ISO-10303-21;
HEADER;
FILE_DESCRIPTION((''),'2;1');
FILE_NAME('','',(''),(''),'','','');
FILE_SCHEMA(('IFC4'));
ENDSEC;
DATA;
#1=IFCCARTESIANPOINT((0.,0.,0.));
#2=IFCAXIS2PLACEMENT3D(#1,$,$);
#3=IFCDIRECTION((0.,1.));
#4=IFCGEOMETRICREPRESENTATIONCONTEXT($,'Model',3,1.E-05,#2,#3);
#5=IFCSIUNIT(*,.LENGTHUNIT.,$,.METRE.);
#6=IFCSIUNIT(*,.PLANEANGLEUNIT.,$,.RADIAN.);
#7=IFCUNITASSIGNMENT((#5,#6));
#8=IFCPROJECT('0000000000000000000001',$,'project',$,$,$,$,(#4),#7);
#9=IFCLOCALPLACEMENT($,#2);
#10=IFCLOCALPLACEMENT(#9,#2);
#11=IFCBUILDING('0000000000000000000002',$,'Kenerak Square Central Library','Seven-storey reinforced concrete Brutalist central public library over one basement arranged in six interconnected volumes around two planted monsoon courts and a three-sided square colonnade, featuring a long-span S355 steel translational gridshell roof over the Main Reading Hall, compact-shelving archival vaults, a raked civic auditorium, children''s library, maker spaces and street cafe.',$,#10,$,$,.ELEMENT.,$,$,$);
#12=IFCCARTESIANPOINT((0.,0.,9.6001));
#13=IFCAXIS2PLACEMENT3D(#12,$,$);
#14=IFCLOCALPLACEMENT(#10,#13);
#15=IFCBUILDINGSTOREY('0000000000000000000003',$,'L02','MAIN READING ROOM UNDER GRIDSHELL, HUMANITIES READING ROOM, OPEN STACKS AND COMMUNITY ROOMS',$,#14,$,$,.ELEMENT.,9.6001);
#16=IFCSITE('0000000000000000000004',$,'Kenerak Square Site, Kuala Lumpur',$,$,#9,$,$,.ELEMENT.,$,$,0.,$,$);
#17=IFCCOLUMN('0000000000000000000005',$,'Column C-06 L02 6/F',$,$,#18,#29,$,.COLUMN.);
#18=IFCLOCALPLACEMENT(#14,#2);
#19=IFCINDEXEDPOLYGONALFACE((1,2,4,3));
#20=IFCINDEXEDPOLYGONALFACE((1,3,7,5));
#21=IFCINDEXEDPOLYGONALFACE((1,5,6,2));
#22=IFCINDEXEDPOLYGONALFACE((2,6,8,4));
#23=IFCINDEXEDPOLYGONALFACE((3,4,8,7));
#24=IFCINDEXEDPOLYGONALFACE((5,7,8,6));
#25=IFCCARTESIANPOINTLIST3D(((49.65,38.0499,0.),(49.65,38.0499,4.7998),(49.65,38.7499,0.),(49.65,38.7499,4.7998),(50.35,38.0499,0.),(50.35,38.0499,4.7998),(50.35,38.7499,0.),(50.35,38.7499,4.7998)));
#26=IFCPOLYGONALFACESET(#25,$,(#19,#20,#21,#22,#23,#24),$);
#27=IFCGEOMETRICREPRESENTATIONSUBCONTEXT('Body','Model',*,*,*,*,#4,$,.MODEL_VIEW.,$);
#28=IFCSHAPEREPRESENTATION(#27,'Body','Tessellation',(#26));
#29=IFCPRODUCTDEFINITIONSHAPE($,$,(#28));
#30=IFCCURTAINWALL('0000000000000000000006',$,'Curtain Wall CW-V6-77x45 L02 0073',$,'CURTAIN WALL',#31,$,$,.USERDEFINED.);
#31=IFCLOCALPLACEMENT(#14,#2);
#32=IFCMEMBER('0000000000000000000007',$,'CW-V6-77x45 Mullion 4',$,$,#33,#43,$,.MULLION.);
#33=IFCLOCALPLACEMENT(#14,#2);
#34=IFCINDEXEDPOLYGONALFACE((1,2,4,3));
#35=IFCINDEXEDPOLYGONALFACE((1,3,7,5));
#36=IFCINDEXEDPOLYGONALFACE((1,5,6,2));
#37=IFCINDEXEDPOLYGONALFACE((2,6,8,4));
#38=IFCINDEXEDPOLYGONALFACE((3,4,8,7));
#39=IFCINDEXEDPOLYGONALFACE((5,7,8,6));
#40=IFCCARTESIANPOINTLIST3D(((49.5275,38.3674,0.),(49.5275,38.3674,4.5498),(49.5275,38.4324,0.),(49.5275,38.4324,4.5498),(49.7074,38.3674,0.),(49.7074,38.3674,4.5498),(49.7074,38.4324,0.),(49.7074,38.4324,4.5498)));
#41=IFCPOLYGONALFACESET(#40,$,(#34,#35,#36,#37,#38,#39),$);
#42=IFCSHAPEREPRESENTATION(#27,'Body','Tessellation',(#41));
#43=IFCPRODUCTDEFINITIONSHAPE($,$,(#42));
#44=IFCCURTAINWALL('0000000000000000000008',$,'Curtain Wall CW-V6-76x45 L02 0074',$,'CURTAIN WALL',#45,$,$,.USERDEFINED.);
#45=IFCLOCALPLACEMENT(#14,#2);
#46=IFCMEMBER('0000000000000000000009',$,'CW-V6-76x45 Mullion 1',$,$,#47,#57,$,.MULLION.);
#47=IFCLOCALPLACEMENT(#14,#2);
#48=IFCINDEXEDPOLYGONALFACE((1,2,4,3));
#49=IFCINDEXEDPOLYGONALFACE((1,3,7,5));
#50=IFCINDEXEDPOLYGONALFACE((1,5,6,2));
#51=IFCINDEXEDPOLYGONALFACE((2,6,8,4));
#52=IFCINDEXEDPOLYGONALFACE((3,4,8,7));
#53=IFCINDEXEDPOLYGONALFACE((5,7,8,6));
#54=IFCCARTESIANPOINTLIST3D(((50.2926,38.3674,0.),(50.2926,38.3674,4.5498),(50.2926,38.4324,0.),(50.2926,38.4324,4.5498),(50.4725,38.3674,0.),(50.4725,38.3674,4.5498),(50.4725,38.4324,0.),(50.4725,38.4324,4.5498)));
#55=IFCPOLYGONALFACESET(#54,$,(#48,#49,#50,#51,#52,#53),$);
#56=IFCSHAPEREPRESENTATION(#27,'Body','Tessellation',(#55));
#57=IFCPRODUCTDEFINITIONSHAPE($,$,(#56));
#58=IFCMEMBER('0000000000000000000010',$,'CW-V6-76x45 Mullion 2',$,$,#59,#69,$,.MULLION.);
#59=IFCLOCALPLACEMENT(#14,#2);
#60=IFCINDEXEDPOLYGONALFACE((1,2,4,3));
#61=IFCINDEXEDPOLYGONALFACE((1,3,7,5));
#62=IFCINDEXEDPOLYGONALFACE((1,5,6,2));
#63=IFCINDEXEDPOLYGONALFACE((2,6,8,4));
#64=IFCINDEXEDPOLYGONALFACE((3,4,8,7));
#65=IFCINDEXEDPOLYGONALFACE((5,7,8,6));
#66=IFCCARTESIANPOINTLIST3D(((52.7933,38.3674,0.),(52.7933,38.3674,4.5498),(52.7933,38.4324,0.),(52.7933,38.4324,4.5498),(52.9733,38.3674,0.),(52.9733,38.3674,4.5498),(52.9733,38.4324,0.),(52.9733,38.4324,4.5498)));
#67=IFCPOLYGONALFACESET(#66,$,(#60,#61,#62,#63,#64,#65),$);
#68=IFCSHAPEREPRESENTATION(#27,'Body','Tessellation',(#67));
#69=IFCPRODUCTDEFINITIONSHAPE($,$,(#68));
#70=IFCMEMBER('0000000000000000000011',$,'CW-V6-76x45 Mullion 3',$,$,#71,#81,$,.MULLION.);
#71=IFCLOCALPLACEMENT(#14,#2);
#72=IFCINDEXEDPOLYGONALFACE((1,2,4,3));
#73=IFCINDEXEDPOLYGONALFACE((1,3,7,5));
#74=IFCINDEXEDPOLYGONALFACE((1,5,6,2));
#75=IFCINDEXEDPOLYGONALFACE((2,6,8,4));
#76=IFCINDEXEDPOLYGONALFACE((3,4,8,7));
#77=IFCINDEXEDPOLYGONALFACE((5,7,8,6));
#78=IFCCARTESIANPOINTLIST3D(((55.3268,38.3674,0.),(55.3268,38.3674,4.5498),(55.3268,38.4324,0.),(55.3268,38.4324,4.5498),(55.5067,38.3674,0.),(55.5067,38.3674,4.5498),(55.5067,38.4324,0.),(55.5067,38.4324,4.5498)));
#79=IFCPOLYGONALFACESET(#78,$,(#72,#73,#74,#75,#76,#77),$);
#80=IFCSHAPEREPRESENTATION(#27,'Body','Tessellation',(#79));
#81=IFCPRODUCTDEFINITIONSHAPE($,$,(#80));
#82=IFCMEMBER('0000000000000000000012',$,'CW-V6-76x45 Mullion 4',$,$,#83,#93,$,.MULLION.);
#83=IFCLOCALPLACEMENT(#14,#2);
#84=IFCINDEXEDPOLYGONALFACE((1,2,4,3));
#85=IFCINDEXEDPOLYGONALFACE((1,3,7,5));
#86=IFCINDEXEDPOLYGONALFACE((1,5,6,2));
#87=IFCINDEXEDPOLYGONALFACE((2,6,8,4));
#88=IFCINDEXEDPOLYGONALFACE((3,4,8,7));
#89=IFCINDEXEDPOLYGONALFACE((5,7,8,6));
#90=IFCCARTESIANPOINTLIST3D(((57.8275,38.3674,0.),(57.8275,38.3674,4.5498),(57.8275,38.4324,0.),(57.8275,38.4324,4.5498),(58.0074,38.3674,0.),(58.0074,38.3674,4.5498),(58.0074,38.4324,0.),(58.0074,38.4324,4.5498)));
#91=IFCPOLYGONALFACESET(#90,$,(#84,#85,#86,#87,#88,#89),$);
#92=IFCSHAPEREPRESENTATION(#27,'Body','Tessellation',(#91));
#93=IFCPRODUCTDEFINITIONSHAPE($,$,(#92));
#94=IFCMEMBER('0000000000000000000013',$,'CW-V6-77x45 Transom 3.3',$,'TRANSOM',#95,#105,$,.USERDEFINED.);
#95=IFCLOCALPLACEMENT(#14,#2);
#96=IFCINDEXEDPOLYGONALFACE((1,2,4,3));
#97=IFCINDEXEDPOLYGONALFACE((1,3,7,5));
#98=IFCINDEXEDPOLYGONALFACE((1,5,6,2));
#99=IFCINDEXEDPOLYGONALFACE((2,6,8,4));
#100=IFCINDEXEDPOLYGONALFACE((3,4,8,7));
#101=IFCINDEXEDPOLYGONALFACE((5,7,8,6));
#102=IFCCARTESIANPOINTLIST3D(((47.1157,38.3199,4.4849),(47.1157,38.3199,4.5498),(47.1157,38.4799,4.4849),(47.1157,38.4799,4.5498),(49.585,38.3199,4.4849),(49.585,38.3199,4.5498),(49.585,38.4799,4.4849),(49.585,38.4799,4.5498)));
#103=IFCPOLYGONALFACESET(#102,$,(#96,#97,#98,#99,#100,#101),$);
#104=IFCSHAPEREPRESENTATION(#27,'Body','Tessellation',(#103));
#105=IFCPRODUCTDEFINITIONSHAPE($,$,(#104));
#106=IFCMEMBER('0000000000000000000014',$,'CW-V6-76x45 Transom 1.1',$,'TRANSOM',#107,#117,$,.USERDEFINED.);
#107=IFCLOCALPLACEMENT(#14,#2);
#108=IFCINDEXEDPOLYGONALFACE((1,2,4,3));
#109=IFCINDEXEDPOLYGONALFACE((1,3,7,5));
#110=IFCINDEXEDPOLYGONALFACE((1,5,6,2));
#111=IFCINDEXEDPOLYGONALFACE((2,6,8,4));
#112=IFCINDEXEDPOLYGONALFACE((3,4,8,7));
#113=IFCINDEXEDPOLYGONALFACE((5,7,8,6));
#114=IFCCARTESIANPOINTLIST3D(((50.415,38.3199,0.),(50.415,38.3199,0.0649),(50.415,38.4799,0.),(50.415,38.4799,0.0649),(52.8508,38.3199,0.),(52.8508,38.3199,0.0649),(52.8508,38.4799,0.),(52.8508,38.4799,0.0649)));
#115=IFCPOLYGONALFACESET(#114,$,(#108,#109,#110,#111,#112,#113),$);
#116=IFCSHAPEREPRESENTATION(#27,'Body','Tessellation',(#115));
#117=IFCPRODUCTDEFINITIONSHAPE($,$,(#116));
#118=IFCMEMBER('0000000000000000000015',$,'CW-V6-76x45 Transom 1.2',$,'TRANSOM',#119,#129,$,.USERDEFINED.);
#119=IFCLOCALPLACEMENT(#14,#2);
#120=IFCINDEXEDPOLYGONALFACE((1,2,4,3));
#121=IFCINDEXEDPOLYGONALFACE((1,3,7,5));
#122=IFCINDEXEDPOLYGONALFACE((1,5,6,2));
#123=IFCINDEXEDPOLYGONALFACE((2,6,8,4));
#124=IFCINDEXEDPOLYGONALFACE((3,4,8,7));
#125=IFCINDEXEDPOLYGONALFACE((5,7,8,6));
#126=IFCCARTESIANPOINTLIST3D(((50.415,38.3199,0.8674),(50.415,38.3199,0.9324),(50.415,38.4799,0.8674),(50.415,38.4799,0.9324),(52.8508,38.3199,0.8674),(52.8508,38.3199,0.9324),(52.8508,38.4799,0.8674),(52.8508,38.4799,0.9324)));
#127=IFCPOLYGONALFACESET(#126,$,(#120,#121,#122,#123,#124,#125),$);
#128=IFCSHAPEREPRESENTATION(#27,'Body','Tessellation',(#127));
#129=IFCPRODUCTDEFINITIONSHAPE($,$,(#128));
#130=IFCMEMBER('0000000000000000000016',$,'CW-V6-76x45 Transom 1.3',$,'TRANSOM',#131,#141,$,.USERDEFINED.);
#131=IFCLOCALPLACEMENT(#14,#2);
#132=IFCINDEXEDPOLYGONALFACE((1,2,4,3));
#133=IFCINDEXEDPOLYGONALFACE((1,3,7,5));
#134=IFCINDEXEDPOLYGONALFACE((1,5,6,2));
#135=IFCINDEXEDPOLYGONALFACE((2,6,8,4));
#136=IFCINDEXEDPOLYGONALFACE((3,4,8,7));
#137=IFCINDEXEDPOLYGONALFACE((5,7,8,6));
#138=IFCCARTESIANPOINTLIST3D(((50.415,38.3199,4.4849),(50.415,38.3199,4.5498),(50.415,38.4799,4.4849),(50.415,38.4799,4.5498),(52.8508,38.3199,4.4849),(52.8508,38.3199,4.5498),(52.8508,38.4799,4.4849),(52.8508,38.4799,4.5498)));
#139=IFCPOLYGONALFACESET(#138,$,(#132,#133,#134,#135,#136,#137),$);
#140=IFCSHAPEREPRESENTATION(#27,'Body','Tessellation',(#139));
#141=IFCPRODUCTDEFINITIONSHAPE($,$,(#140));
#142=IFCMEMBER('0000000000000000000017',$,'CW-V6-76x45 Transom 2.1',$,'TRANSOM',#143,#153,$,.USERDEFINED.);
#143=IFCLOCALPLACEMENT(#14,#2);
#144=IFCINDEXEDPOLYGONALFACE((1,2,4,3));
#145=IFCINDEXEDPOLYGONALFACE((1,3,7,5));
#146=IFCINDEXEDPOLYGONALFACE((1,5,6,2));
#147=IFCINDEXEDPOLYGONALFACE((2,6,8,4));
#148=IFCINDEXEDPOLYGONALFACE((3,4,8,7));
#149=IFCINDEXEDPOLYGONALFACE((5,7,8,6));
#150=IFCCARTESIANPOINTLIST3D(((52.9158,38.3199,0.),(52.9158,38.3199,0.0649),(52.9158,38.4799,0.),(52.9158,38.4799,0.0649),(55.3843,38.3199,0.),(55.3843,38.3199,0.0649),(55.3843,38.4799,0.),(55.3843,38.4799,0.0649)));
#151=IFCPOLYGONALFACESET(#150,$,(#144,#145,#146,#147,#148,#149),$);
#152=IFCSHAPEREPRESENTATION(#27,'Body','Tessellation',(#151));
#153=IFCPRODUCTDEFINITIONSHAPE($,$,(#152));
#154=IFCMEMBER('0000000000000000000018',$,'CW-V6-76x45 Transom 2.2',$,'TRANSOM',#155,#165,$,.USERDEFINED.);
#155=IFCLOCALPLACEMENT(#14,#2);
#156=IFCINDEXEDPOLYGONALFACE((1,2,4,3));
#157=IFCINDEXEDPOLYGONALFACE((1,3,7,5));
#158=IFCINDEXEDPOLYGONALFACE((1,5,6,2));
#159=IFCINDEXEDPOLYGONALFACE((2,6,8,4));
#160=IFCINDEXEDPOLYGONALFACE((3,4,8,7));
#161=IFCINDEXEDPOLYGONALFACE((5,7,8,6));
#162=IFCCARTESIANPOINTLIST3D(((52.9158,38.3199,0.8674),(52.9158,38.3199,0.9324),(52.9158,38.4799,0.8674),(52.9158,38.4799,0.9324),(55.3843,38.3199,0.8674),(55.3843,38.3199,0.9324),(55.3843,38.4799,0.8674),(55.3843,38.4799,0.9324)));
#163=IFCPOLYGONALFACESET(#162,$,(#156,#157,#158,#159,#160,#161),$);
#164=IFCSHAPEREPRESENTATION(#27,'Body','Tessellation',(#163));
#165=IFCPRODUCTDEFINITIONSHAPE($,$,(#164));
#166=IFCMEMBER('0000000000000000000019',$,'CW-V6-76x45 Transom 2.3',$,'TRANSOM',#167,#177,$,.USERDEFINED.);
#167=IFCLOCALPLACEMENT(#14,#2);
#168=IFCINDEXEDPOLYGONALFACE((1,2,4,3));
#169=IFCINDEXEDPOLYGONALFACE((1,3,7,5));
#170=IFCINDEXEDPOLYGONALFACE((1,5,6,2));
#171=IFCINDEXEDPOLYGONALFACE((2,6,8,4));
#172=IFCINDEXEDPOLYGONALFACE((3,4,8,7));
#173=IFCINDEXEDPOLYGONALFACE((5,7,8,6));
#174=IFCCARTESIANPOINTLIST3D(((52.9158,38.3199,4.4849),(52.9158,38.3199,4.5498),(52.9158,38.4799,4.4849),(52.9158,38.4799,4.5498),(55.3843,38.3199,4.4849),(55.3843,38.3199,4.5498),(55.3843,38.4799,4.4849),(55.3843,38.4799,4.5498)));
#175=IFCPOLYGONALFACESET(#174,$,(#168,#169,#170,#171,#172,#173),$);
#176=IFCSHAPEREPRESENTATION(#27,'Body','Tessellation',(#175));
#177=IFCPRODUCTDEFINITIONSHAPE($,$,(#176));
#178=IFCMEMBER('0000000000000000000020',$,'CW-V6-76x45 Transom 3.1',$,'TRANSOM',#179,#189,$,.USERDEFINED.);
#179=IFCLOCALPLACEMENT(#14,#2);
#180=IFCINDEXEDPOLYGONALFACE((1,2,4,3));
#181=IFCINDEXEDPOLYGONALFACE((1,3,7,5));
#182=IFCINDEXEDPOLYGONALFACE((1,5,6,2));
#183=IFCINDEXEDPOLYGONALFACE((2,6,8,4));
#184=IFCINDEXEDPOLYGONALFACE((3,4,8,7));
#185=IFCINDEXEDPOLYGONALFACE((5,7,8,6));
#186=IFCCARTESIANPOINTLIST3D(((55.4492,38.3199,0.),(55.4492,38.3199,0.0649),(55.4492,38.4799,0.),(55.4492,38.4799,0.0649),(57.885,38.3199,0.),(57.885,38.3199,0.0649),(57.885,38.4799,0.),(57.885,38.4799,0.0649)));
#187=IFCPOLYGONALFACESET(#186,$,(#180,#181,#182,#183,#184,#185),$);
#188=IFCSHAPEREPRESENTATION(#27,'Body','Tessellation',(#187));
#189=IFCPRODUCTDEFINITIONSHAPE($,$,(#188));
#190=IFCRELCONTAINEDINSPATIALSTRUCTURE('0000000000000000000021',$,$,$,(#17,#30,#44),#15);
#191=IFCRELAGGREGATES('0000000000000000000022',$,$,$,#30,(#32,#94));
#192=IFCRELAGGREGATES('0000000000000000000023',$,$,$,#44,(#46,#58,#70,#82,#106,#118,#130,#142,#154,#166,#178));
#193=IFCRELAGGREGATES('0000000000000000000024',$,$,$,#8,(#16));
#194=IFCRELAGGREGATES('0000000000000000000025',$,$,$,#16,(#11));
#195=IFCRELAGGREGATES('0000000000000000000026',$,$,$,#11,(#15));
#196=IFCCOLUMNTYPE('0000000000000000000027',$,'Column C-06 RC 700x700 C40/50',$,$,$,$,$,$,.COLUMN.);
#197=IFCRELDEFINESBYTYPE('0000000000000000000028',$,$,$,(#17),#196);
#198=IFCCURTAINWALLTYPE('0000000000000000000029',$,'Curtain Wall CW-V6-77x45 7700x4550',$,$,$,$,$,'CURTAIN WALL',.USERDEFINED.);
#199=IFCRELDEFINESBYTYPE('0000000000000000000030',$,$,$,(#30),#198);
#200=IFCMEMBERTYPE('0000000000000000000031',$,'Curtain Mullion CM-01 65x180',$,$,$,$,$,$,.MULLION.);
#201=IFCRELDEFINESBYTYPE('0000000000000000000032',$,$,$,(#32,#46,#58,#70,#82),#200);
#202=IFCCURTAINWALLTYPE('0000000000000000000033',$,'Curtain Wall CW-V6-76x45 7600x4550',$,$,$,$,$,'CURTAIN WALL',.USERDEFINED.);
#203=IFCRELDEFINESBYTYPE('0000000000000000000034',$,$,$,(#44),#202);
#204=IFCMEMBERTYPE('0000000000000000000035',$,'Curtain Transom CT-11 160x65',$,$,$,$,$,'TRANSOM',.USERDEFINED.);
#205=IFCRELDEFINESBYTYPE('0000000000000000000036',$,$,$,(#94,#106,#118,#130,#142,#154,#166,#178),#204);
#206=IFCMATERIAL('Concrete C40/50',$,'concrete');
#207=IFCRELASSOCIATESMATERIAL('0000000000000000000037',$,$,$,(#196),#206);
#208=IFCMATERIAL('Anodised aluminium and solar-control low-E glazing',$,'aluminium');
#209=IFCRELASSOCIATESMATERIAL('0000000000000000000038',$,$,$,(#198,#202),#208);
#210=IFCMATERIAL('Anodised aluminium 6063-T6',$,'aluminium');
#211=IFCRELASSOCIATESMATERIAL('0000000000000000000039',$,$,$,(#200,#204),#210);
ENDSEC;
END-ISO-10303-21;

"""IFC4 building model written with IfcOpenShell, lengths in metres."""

from ifc_helpers import new_model, si_unit, direction, frame, origin, origin_2d, place, context, subcontext, project, spatial, rectangle, extrude, material, material_profile, profile_set, type_object, element, aggregate, save


model = new_model("IFC4")

# Units and contexts
model_context = context("Model", 3, precision=1e-05, world=origin(), true_north=direction((0.0, 1.0)))
body_context = subcontext(model_context, "Body", "Model", "MODEL_VIEW")
ifc_project = project(units=[si_unit("LENGTHUNIT", "METRE"), si_unit("PLANEANGLEUNIT", "RADIAN")], contexts=[model_context])

# Site, building, storey
site_placement = place(None, origin())
site = spatial("IfcSite", under=ifc_project, at=site_placement, Name="Kenerak Square Site, Kuala Lumpur", CompositionType="ELEMENT", RefElevation=0.0)
building_placement = place(site_placement, origin())
building = spatial("IfcBuilding", under=site, at=building_placement, Name="Kenerak Square Central Library", Description="Seven-storey reinforced concrete Brutalist central public library over one basement arranged in six interconnected volumes around two planted monsoon courts and a three-sided square colonnade, featuring a long-span S355 steel translational gridshell roof over the Main Reading Hall, compact-shelving archival vaults, a raked civic auditorium, children's library, maker spaces and street cafe.", CompositionType="ELEMENT")
storey_placement = place(building_placement, frame((0.0, 0.0, 9.6001)))
storey = spatial("IfcBuildingStorey", under=building, at=storey_placement, Name="L02", Description="MAIN READING ROOM UNDER GRIDSHELL, HUMANITIES READING ROOM, OPEN STACKS AND COMMUNITY ROOMS", CompositionType="ELEMENT", Elevation=9.6001)

# Column
ifc_material_1 = material(Name="Concrete C40/50", Category="concrete")
ifc_material_profile_1 = material_profile(ifc_material_1, rectangle(XDim=0.7, YDim=0.7, at=origin_2d()), Name="RC 700x700")
ifc_profile_set_1 = profile_set([ifc_material_profile_1], Name="Concrete C40/50")
column_type = type_object("IfcColumnType", Name="Column C-06 RC 700x700 C40/50", PredefinedType="COLUMN", material=ifc_profile_set_1)
column_placement = place(storey_placement, frame((50.0, 38.3999, 0.0), z_axis=(0.0, 0.0, 1.0), x_axis=(1.0, 0.0, 0.0)))
element("IfcColumn", 1, at=column_placement, inside=storey, type_object=column_type, Name="Column C-06 L02 6/F", PredefinedType="COLUMN", context=body_context, shape_type="SweptSolid", body=[
    extrude(rectangle(XDim=0.7, YDim=0.7, at=origin_2d()), origin(), (0.0, 0.0, 1.0), 4.7998),
])

# Curtain wall, member
ifc_material_2 = material(Name="Anodised aluminium and solar-control low-E glazing", Category="aluminium")
curtain_wall_type_1 = type_object("IfcCurtainWallType", Name="Curtain Wall CW-V6-77x45 7700x4550", ElementType="CURTAIN WALL", PredefinedType="USERDEFINED", material=ifc_material_2)
curtain_wall_1_placement = place(storey_placement, origin())
curtain_wall_1 = element("IfcCurtainWall", 2, at=curtain_wall_1_placement, inside=storey, type_object=curtain_wall_type_1, Name="Curtain Wall CW-V6-77x45 L02 0073", ObjectType="CURTAIN WALL", PredefinedType="USERDEFINED")
ifc_material_3 = material(Name="Anodised aluminium 6063-T6", Category="aluminium")
ifc_material_profile_2 = material_profile(ifc_material_3, rectangle(XDim=0.0649, YDim=0.1799, at=origin_2d()), Name="AL MULLION 65x180")
ifc_profile_set_2 = profile_set([ifc_material_profile_2], Name="Anodised aluminium 6063-T6")
member_type_1 = type_object("IfcMemberType", Name="Curtain Mullion CM-01 65x180", PredefinedType="MULLION", material=ifc_profile_set_2)
member_1_placement = place(storey_placement, frame((49.6174, 38.3999, 0.0), z_axis=(0.0, 0.0, 1.0), x_axis=(0.0, 1.0, 0.0)))
member_1 = element("IfcMember", 3, at=member_1_placement, type_object=member_type_1, Name="CW-V6-77x45 Mullion 4", PredefinedType="MULLION", context=body_context, shape_type="SweptSolid", body=[
    extrude(rectangle(XDim=0.0649, YDim=0.1799, at=origin_2d()), origin(), (0.0, 0.0, 1.0), 4.5498),
])

# Curtain wall, members
curtain_wall_type_2 = type_object("IfcCurtainWallType", Name="Curtain Wall CW-V6-76x45 7600x4550", ElementType="CURTAIN WALL", PredefinedType="USERDEFINED", material=ifc_material_2)
curtain_wall_2_placement = place(storey_placement, origin())
curtain_wall_2 = element("IfcCurtainWall", 4, at=curtain_wall_2_placement, inside=storey, type_object=curtain_wall_type_2, Name="Curtain Wall CW-V6-76x45 L02 0074", ObjectType="CURTAIN WALL", PredefinedType="USERDEFINED")
member_2_placement = place(storey_placement, frame((50.3826, 38.3999, 0.0), z_axis=(0.0, 0.0, 1.0), x_axis=(0.0, 1.0, 0.0)))
member_2 = element("IfcMember", 5, at=member_2_placement, type_object=member_type_1, Name="CW-V6-76x45 Mullion 1", PredefinedType="MULLION", context=body_context, shape_type="SweptSolid", body=[
    extrude(rectangle(XDim=0.0649, YDim=0.1799, at=origin_2d()), origin(), (0.0, 0.0, 1.0), 4.5498),
])
member_3_placement = place(storey_placement, frame((52.8833, 38.3999, 0.0), z_axis=(0.0, 0.0, 1.0), x_axis=(0.0, 1.0, 0.0)))
member_3 = element("IfcMember", 6, at=member_3_placement, type_object=member_type_1, Name="CW-V6-76x45 Mullion 2", PredefinedType="MULLION", context=body_context, shape_type="SweptSolid", body=[
    extrude(rectangle(XDim=0.0649, YDim=0.1799, at=origin_2d()), origin(), (0.0, 0.0, 1.0), 4.5498),
])
member_4_placement = place(storey_placement, frame((55.4167, 38.3999, 0.0), z_axis=(0.0, 0.0, 1.0), x_axis=(0.0, 1.0, 0.0)))
member_4 = element("IfcMember", 7, at=member_4_placement, type_object=member_type_1, Name="CW-V6-76x45 Mullion 3", PredefinedType="MULLION", context=body_context, shape_type="SweptSolid", body=[
    extrude(rectangle(XDim=0.0649, YDim=0.1799, at=origin_2d()), origin(), (0.0, 0.0, 1.0), 4.5498),
])
member_5_placement = place(storey_placement, frame((57.9175, 38.3999, 0.0), z_axis=(0.0, 0.0, 1.0), x_axis=(0.0, 1.0, 0.0)))
member_5 = element("IfcMember", 8, at=member_5_placement, type_object=member_type_1, Name="CW-V6-76x45 Mullion 4", PredefinedType="MULLION", context=body_context, shape_type="SweptSolid", body=[
    extrude(rectangle(XDim=0.0649, YDim=0.1799, at=origin_2d()), origin(), (0.0, 0.0, 1.0), 4.5498),
])

# Members
ifc_material_profile_3 = material_profile(ifc_material_3, rectangle(XDim=0.1599, YDim=0.0649, at=origin_2d()), Name="AL TRANSOM 160x65")
ifc_profile_set_3 = profile_set([ifc_material_profile_3], Name="Anodised aluminium 6063-T6")
member_type_2 = type_object("IfcMemberType", Name="Curtain Transom CT-11 160x65", ElementType="TRANSOM", PredefinedType="USERDEFINED", material=ifc_profile_set_3)
member_6_placement = place(storey_placement, frame((47.1157, 38.3999, 4.5173), z_axis=(1.0, 0.0, 0.0), x_axis=(0.0, 1.0, 0.0)))
member_6 = element("IfcMember", 9, at=member_6_placement, type_object=member_type_2, Name="CW-V6-77x45 Transom 3.3", ObjectType="TRANSOM", PredefinedType="USERDEFINED", context=body_context, shape_type="SweptSolid", body=[
    extrude(rectangle(XDim=0.1599, YDim=0.0649, at=origin_2d()), origin(), (0.0, 0.0, 1.0), 2.4692),
])
member_7_placement = place(storey_placement, frame((50.415, 38.3999, 0.0325), z_axis=(1.0, 0.0, 0.0), x_axis=(0.0, 1.0, 0.0)))
member_7 = element("IfcMember", 10, at=member_7_placement, type_object=member_type_2, Name="CW-V6-76x45 Transom 1.1", ObjectType="TRANSOM", PredefinedType="USERDEFINED", context=body_context, shape_type="SweptSolid", body=[
    extrude(rectangle(XDim=0.1599, YDim=0.0649, at=origin_2d()), origin(), (0.0, 0.0, 1.0), 2.4358),
])
member_8_placement = place(storey_placement, frame((50.415, 38.3999, 0.8999), z_axis=(1.0, 0.0, 0.0), x_axis=(0.0, 1.0, 0.0)))
member_8 = element("IfcMember", 11, at=member_8_placement, type_object=member_type_2, Name="CW-V6-76x45 Transom 1.2", ObjectType="TRANSOM", PredefinedType="USERDEFINED", context=body_context, shape_type="SweptSolid", body=[
    extrude(rectangle(XDim=0.1599, YDim=0.0649, at=origin_2d()), origin(), (0.0, 0.0, 1.0), 2.4358),
])
member_9_placement = place(storey_placement, frame((50.415, 38.3999, 4.5173), z_axis=(1.0, 0.0, 0.0), x_axis=(0.0, 1.0, 0.0)))
member_9 = element("IfcMember", 12, at=member_9_placement, type_object=member_type_2, Name="CW-V6-76x45 Transom 1.3", ObjectType="TRANSOM", PredefinedType="USERDEFINED", context=body_context, shape_type="SweptSolid", body=[
    extrude(rectangle(XDim=0.1599, YDim=0.0649, at=origin_2d()), origin(), (0.0, 0.0, 1.0), 2.4358),
])
member_10_placement = place(storey_placement, frame((52.9158, 38.3999, 0.0325), z_axis=(1.0, 0.0, 0.0), x_axis=(0.0, 1.0, 0.0)))
member_10 = element("IfcMember", 13, at=member_10_placement, type_object=member_type_2, Name="CW-V6-76x45 Transom 2.1", ObjectType="TRANSOM", PredefinedType="USERDEFINED", context=body_context, shape_type="SweptSolid", body=[
    extrude(rectangle(XDim=0.1599, YDim=0.0649, at=origin_2d()), origin(), (0.0, 0.0, 1.0), 2.4685),
])
member_11_placement = place(storey_placement, frame((52.9158, 38.3999, 0.8999), z_axis=(1.0, 0.0, 0.0), x_axis=(0.0, 1.0, 0.0)))
member_11 = element("IfcMember", 14, at=member_11_placement, type_object=member_type_2, Name="CW-V6-76x45 Transom 2.2", ObjectType="TRANSOM", PredefinedType="USERDEFINED", context=body_context, shape_type="SweptSolid", body=[
    extrude(rectangle(XDim=0.1599, YDim=0.0649, at=origin_2d()), origin(), (0.0, 0.0, 1.0), 2.4685),
])
member_12_placement = place(storey_placement, frame((52.9158, 38.3999, 4.5173), z_axis=(1.0, 0.0, 0.0), x_axis=(0.0, 1.0, 0.0)))
member_12 = element("IfcMember", 15, at=member_12_placement, type_object=member_type_2, Name="CW-V6-76x45 Transom 2.3", ObjectType="TRANSOM", PredefinedType="USERDEFINED", context=body_context, shape_type="SweptSolid", body=[
    extrude(rectangle(XDim=0.1599, YDim=0.0649, at=origin_2d()), origin(), (0.0, 0.0, 1.0), 2.4685),
])
member_13_placement = place(storey_placement, frame((55.4492, 38.3999, 0.0325), z_axis=(1.0, 0.0, 0.0), x_axis=(0.0, 1.0, 0.0)))
member_13 = element("IfcMember", 16, at=member_13_placement, type_object=member_type_2, Name="CW-V6-76x45 Transom 3.1", ObjectType="TRANSOM", PredefinedType="USERDEFINED", context=body_context, shape_type="SweptSolid", body=[
    extrude(rectangle(XDim=0.1599, YDim=0.0649, at=origin_2d()), origin(), (0.0, 0.0, 1.0), 2.4358),
])

aggregate(curtain_wall_1, [member_1, member_6])
aggregate(curtain_wall_2, [member_2, member_3, member_4, member_5, member_7, member_8, member_9, member_10, member_11, member_12, member_13])

save(model, "model.ifc")
